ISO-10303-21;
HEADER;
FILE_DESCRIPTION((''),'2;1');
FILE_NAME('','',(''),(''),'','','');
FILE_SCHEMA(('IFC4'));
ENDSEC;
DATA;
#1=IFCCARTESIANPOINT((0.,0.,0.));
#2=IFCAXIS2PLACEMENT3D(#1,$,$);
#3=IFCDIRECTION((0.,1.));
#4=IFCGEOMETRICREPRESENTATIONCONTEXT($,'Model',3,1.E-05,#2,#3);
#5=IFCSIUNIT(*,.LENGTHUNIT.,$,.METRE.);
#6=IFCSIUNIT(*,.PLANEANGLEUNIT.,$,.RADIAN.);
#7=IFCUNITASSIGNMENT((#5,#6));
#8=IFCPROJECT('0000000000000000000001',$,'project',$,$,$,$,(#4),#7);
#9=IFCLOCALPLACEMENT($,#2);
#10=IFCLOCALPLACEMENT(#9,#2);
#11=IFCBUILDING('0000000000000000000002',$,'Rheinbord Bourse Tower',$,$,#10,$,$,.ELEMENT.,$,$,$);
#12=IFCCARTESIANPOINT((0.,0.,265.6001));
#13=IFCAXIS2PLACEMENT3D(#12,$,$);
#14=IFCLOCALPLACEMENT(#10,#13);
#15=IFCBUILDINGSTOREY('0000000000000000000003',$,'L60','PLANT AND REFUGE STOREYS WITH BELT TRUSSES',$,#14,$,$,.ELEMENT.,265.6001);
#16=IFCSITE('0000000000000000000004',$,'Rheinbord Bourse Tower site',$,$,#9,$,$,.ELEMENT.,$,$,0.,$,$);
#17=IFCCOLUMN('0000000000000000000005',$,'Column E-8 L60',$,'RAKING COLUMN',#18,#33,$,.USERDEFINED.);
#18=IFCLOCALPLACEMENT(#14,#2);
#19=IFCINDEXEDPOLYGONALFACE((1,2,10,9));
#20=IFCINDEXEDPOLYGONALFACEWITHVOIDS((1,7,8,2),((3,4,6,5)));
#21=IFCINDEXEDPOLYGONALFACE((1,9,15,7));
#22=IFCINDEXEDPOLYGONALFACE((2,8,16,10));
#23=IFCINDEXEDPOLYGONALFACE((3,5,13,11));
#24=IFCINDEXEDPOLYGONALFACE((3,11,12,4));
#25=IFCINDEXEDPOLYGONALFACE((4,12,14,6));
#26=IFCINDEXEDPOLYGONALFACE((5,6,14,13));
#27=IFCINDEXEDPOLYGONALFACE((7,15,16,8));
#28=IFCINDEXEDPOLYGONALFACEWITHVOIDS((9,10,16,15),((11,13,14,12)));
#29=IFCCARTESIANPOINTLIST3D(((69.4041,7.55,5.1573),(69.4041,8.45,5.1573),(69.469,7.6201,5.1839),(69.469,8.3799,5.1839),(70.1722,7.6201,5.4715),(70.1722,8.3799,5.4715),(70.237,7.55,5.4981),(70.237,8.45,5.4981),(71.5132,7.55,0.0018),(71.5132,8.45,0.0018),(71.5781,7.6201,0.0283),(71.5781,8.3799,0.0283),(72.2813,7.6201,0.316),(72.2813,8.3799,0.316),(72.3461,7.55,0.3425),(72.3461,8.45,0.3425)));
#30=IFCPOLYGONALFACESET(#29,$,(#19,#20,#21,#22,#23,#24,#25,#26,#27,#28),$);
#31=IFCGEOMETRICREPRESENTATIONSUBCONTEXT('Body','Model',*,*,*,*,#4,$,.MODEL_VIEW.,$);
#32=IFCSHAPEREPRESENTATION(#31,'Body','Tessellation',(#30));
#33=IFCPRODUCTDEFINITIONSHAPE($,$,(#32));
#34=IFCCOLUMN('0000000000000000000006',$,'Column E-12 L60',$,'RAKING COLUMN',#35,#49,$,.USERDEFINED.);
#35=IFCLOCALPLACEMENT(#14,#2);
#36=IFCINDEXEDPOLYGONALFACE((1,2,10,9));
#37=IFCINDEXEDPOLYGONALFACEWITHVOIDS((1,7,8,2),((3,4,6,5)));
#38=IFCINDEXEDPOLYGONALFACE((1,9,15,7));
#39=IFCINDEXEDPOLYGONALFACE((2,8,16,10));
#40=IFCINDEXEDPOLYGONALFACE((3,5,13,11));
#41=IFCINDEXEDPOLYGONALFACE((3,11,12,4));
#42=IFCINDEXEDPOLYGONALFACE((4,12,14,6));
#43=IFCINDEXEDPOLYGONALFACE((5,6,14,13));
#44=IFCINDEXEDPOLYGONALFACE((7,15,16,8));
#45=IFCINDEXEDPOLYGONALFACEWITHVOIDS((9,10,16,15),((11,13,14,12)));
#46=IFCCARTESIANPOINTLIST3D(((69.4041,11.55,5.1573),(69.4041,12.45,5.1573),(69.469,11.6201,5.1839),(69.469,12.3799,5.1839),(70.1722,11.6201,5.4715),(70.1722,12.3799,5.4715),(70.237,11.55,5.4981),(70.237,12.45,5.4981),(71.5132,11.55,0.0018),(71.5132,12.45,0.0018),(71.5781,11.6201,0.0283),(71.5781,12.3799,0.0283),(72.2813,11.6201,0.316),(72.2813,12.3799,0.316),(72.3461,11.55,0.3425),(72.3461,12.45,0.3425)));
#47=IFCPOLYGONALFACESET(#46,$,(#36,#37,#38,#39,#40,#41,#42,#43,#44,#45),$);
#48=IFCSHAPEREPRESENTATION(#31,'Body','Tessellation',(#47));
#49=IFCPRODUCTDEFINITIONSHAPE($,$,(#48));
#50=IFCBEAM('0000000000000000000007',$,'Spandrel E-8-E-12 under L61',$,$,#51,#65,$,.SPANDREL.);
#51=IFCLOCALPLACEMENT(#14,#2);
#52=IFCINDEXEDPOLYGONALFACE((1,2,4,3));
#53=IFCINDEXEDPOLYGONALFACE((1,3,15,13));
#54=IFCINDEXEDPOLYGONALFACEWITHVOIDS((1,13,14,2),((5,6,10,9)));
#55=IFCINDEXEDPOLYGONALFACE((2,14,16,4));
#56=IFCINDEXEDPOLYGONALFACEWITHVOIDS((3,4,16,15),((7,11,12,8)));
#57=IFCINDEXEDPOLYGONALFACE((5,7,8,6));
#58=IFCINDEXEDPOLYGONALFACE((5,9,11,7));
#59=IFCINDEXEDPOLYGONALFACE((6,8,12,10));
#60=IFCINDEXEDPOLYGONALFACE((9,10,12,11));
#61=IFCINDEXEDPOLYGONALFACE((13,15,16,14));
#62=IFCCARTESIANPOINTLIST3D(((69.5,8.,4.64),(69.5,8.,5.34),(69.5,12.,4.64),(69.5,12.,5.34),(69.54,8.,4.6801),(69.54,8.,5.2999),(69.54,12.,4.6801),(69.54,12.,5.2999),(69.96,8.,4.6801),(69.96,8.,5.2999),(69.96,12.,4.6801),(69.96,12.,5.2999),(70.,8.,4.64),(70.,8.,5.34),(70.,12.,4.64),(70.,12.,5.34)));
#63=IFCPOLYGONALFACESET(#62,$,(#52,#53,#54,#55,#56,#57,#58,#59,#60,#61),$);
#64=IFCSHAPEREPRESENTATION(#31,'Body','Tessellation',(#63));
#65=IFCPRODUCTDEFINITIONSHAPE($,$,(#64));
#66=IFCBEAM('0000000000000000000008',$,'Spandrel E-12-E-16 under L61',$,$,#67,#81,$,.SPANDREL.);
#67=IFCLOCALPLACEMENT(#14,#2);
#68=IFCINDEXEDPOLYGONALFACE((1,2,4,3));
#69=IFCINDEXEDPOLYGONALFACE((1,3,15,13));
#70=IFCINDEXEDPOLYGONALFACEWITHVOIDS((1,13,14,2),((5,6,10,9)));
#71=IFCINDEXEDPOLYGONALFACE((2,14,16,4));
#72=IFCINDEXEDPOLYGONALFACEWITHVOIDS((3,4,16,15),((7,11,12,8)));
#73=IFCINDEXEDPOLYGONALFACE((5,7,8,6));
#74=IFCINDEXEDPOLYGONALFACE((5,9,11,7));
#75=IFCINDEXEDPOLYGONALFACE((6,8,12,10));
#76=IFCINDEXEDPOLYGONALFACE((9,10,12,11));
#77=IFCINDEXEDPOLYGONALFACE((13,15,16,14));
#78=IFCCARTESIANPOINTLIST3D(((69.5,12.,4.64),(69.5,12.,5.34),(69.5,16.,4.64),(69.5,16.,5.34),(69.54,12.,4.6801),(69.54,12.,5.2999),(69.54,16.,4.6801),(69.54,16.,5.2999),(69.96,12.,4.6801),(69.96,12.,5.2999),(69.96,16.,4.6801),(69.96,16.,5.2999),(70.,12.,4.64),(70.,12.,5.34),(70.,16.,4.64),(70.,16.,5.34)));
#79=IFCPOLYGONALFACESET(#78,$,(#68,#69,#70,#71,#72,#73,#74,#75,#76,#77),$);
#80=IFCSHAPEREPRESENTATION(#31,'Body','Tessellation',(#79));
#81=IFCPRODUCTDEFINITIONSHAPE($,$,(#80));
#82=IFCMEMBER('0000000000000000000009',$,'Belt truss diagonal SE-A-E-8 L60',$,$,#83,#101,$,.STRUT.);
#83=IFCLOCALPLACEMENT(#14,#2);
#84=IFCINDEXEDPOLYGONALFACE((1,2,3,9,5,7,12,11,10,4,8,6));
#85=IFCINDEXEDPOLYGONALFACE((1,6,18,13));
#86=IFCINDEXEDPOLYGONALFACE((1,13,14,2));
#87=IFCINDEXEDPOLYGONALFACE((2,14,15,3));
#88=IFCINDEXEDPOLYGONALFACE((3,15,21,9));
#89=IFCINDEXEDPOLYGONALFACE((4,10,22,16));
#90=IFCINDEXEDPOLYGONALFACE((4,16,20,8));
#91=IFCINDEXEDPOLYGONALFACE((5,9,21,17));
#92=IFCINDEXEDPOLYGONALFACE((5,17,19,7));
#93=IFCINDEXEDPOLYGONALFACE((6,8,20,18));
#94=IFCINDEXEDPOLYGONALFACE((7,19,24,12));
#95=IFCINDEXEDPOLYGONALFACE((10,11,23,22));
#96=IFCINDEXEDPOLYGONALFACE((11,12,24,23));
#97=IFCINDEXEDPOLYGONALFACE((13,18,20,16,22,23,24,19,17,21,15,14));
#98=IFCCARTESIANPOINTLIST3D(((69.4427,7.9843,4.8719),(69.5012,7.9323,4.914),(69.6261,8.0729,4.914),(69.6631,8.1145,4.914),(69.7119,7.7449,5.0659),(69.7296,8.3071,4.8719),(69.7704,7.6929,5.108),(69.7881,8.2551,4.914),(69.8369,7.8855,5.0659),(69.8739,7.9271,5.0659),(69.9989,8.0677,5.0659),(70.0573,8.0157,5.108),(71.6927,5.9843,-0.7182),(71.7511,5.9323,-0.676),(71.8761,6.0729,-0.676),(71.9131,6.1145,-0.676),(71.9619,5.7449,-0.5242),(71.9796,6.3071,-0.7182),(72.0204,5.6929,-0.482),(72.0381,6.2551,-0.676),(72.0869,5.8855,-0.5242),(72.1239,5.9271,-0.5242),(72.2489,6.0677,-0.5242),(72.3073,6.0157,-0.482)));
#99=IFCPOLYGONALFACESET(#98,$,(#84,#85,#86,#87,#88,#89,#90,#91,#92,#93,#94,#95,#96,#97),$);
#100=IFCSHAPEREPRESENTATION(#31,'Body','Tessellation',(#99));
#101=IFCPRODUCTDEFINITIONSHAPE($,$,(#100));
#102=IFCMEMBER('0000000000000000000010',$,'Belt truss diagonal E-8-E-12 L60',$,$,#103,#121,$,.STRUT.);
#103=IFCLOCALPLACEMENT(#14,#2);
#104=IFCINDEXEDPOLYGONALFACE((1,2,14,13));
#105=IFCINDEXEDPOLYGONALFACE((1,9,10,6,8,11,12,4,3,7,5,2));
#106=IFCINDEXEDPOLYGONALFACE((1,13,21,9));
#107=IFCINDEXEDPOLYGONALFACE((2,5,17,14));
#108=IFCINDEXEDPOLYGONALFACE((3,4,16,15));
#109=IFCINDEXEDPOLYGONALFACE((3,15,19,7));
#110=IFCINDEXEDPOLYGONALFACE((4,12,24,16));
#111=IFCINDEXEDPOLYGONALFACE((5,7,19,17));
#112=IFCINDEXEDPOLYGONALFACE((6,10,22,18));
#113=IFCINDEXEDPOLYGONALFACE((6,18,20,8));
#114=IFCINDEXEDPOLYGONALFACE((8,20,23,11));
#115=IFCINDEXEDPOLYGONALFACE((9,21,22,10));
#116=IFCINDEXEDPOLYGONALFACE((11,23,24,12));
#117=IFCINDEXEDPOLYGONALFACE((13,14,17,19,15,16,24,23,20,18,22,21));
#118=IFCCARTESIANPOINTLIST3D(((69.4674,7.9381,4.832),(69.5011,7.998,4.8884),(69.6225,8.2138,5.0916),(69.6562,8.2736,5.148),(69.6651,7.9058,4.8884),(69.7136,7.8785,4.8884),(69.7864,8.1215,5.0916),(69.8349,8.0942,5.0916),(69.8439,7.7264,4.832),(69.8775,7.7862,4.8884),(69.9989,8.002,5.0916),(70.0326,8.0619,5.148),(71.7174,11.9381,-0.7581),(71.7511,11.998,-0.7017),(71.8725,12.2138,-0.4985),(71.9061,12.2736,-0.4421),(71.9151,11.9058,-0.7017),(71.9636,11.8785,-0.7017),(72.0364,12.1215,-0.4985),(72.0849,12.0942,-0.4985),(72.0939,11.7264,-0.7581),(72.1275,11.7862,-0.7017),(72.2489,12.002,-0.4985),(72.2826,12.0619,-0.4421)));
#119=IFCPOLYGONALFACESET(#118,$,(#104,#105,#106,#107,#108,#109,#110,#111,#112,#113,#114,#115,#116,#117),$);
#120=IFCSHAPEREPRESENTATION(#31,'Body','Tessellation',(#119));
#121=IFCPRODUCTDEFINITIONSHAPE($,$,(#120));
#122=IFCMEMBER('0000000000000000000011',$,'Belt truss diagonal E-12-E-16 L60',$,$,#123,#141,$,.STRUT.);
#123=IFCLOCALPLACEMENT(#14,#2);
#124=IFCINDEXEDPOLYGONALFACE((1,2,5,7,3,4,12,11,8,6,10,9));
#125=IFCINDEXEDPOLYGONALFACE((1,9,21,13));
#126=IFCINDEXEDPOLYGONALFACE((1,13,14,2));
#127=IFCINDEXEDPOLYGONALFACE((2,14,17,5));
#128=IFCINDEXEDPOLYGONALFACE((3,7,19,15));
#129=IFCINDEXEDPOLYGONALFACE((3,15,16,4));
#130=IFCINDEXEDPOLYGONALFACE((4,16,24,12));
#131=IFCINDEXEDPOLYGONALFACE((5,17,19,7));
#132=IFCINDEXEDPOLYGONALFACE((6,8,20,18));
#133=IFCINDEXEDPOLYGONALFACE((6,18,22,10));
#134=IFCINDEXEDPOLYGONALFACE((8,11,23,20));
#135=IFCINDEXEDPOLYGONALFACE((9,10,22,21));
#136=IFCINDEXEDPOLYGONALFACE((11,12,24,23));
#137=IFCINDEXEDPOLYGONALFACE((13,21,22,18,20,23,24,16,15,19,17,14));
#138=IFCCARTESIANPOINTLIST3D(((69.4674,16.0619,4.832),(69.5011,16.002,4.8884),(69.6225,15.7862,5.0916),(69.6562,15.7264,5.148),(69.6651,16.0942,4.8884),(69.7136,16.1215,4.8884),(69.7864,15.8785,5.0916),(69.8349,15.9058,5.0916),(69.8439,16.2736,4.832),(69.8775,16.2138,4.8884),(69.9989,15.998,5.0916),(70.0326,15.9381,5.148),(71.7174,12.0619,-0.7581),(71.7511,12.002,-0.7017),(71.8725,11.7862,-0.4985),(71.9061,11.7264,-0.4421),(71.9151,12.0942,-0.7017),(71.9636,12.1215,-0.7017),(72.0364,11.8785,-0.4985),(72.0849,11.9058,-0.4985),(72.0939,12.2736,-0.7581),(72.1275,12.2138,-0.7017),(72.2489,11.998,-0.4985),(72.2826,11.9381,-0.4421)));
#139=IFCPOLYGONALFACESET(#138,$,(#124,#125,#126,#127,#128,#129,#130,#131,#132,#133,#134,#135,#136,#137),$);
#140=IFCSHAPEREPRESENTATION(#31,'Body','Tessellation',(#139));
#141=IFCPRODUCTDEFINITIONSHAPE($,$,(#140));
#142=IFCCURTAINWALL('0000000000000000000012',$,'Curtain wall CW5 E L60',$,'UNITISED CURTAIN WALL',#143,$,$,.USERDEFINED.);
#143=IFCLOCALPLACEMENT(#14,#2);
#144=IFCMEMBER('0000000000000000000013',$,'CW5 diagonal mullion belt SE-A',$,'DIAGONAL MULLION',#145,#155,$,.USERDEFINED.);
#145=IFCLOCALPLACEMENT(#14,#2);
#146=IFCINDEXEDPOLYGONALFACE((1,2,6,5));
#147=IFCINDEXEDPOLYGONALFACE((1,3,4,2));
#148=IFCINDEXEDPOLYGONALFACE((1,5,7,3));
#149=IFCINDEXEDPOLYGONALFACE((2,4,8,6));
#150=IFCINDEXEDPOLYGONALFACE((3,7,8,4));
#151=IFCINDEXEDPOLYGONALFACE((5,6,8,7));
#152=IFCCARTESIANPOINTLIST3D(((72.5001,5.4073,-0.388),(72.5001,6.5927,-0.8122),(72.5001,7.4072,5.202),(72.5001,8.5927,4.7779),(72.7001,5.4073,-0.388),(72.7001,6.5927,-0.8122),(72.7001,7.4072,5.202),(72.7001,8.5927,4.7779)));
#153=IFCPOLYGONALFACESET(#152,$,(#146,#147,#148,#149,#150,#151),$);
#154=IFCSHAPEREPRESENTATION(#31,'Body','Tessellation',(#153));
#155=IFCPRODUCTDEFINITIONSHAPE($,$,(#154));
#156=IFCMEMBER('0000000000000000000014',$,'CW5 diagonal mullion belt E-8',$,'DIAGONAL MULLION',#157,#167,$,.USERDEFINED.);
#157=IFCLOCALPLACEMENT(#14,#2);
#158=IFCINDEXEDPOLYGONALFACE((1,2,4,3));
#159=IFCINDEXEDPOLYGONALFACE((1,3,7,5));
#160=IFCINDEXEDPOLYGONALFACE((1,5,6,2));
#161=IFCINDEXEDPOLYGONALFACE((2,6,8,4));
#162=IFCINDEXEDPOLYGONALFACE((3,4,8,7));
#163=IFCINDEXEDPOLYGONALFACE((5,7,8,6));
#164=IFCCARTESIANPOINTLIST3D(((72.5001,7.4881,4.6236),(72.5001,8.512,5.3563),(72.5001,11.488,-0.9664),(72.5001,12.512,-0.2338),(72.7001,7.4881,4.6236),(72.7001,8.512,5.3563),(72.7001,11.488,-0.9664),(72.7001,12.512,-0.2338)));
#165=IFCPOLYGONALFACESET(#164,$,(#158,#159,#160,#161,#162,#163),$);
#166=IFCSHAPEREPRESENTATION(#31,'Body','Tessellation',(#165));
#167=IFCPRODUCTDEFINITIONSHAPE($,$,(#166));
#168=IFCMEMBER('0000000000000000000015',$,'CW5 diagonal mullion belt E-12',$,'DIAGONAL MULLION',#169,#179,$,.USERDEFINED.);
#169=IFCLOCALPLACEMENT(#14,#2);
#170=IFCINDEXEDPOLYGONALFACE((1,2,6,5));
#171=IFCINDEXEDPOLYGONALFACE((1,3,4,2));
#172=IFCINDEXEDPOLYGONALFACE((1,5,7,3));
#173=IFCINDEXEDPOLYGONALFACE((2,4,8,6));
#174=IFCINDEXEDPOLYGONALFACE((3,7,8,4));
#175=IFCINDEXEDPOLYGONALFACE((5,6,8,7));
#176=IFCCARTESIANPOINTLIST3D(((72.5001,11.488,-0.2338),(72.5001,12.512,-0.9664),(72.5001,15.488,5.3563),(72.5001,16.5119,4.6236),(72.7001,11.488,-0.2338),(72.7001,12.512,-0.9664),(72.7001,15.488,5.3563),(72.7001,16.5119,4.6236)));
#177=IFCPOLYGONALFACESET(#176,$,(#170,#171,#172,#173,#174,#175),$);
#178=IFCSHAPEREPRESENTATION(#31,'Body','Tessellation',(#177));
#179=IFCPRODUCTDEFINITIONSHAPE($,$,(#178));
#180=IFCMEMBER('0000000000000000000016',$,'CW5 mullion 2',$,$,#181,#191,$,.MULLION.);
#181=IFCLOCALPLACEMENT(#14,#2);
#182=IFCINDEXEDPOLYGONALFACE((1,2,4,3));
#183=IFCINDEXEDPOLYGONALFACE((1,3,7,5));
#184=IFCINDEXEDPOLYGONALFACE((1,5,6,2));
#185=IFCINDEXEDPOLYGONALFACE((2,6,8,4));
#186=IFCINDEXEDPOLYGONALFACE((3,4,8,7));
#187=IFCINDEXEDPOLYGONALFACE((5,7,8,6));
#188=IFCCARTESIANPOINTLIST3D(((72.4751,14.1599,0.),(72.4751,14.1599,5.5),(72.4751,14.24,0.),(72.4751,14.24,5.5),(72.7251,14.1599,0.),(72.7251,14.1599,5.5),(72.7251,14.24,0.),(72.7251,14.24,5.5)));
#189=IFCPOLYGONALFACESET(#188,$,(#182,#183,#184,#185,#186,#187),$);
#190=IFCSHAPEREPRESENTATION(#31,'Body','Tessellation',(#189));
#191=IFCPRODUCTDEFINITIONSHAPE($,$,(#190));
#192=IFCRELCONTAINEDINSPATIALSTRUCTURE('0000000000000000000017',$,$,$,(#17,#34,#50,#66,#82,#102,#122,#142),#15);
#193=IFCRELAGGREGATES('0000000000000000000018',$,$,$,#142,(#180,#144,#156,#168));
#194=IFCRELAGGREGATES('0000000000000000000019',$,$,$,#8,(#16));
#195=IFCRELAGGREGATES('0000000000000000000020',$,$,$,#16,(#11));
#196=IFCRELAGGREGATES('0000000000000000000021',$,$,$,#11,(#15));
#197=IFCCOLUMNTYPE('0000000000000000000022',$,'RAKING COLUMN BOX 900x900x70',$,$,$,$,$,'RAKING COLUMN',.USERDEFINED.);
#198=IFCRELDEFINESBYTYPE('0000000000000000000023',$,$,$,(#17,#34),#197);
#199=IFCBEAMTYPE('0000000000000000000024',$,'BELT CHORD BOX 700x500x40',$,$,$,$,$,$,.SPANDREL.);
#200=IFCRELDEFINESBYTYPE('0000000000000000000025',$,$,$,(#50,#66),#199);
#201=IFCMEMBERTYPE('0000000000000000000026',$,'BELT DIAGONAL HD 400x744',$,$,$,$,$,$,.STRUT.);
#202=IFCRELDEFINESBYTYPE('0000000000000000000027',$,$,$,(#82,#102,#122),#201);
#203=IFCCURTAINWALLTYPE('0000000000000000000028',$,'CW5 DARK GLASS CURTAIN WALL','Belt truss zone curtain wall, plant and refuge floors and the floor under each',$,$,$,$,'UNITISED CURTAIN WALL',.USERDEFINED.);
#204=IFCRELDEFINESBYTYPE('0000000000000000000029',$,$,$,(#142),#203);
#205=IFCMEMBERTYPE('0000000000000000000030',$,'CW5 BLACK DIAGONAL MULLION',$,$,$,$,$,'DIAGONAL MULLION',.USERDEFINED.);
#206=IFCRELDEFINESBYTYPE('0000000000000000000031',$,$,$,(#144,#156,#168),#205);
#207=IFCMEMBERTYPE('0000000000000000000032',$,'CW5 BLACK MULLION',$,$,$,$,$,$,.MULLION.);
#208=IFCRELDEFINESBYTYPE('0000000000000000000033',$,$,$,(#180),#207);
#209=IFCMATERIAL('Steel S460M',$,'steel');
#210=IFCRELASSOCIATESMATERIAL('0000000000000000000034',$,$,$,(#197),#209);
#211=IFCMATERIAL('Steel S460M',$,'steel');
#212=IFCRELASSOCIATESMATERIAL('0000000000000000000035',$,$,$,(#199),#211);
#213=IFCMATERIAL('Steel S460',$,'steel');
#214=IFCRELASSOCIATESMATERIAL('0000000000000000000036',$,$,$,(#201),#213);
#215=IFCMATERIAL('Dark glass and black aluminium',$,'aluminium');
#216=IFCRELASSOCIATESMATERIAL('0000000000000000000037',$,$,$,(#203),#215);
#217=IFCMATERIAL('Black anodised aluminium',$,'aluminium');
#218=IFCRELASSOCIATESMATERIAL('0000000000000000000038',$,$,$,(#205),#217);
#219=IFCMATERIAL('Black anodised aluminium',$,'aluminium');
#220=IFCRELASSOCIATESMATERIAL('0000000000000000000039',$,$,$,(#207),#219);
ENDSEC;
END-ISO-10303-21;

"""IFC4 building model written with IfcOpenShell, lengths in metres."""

from ifc_helpers import new_model, si_unit, direction, frame, origin, origin_2d, place, context, subcontext, project, spatial, rectangle, hollow_rectangle, i_section, extrude, material, material_profile, profile_set, type_object, element, aggregate, save


model = new_model("IFC4")

# Units and contexts
model_context = context("Model", 3, precision=1e-05, world=origin(), true_north=direction((0.0, 1.0)))
body_context = subcontext(model_context, "Body", "Model", "MODEL_VIEW")
ifc_project = project(units=[si_unit("LENGTHUNIT", "METRE"), si_unit("PLANEANGLEUNIT", "RADIAN")], contexts=[model_context])

# Site, building, storey
site_placement = place(None, origin())
site = spatial("IfcSite", under=ifc_project, at=site_placement, Name="Rheinbord Bourse Tower site", CompositionType="ELEMENT", RefElevation=0.0)
building_placement = place(site_placement, origin())
building = spatial("IfcBuilding", under=site, at=building_placement, Name="Rheinbord Bourse Tower", CompositionType="ELEMENT")
storey_placement = place(building_placement, frame((0.0, 0.0, 265.6001)))
storey = spatial("IfcBuildingStorey", under=building, at=storey_placement, Name="L60", Description="PLANT AND REFUGE STOREYS WITH BELT TRUSSES", CompositionType="ELEMENT", Elevation=265.6001)

# Columns
ifc_material_1 = material(Name="Steel S460M", Category="steel")
ifc_material_profile_1 = material_profile(ifc_material_1, hollow_rectangle(XDim=0.8999, YDim=0.8999, WallThickness=0.0701, at=origin_2d()), Name="BOX 900x900x70")
ifc_profile_set_1 = profile_set([ifc_material_profile_1], Name="Steel S460M")
column_type = type_object("IfcColumnType", Name="RAKING COLUMN BOX 900x900x70", ElementType="RAKING COLUMN", PredefinedType="USERDEFINED", material=ifc_profile_set_1)
for number, where, z_axis, x_axis, name in (
    (1, (71.9297, 8.0, 0.1721), (-0.378633, 0.0, 0.925547), (0.925547, 0.0, 0.378633), "Column E-8 L60"),
    (2, (71.9297, 12.0, 0.1721), (-0.378633, 0.0, 0.925547), (0.925547, 0.0, 0.378633), "Column E-12 L60"),
):
    element("IfcColumn", number, at=place(storey_placement, frame(where, z_axis=z_axis, x_axis=x_axis)), inside=storey, type_object=column_type, Name=name, ObjectType="RAKING COLUMN", PredefinedType="USERDEFINED", context=body_context, shape_type="SweptSolid", body=[
        extrude(hollow_rectangle(XDim=0.8999, YDim=0.8999, WallThickness=0.0701, at=origin_2d()), origin(), (0.0, 0.0, 1.0), 5.5703),
    ])

# Beams
ifc_material_2 = material(Name="Steel S460M", Category="steel")
ifc_material_profile_2 = material_profile(ifc_material_2, hollow_rectangle(XDim=0.5, YDim=0.7, WallThickness=0.04, at=origin_2d()), Name="BOX 700x500x40")
ifc_profile_set_2 = profile_set([ifc_material_profile_2], Name="Steel S460M")
beam_type_1 = type_object("IfcBeamType", Name="BELT CHORD BOX 700x500x40", PredefinedType="SPANDREL", material=ifc_profile_set_2)
for number, where, z_axis, x_axis, name in (
    (3, (69.75, 8.0, 4.99), (0.0, 1.0, 0.0), (-1.0, 0.0, 0.0), "Spandrel E-8-E-12 under L61"),
    (4, (69.75, 12.0, 4.99), (0.0, 1.0, 0.0), (-1.0, 0.0, 0.0), "Spandrel E-12-E-16 under L61"),
):
    element("IfcBeam", number, at=place(storey_placement, frame(where, z_axis=z_axis, x_axis=x_axis)), inside=storey, type_object=beam_type_1, Name=name, PredefinedType="SPANDREL", context=body_context, shape_type="SweptSolid", body=[
        extrude(hollow_rectangle(XDim=0.5, YDim=0.7, WallThickness=0.04, at=origin_2d()), origin(), (0.0, 0.0, 1.0), 4.0),
    ])

# Members
ifc_material_3 = material(Name="Steel S460", Category="steel")
ifc_material_profile_3 = material_profile(ifc_material_3, i_section(OverallWidth=0.4319, OverallDepth=0.498, WebThickness=0.0557, FlangeThickness=0.0889, at=origin_2d()), Name="HD 400x744")
ifc_profile_set_3 = profile_set([ifc_material_profile_3], Name="Steel S460")
member_type_1 = type_object("IfcMemberType", Name="BELT DIAGONAL HD 400x744", PredefinedType="STRUT", material=ifc_profile_set_3)
member_1_placement = place(storey_placement, frame((72.0, 6.0, -0.6001), z_axis=(-0.354379, 0.315003, 0.880448), x_axis=(-0.664364, -0.747409, 0.0)))
element("IfcMember", 5, at=member_1_placement, inside=storey, type_object=member_type_1, Name="Belt truss diagonal SE-A-E-8 L60", PredefinedType="STRUT", context=body_context, shape_type="SweptSolid", body=[
    extrude(i_section(OverallWidth=0.4319, OverallDepth=0.498, WebThickness=0.0557, FlangeThickness=0.0889, at=origin_2d()), origin(), (0.0, 0.0, 1.0), 6.3491),
])
for number, where, z_axis, x_axis, name in (
    (6, (72.0, 12.0, -0.6001), (-0.311088, -0.553046, 0.772894), (0.871576, -0.490261, 0.0), "Belt truss diagonal E-8-E-12 L60"),
    (7, (72.0, 12.0, -0.6001), (-0.311088, 0.553046, 0.772894), (-0.871576, -0.490261, 0.0), "Belt truss diagonal E-12-E-16 L60"),
):
    element("IfcMember", number, at=place(storey_placement, frame(where, z_axis=z_axis, x_axis=x_axis)), inside=storey, type_object=member_type_1, Name=name, PredefinedType="STRUT", context=body_context, shape_type="SweptSolid", body=[
        extrude(i_section(OverallWidth=0.4319, OverallDepth=0.498, WebThickness=0.0557, FlangeThickness=0.0889, at=origin_2d()), origin(), (0.0, 0.0, 1.0), 7.2327),
    ])

# Curtain wall, members
ifc_material_4 = material(Name="Dark glass and black aluminium", Category="aluminium")
curtain_wall_type = type_object("IfcCurtainWallType", Name="CW5 DARK GLASS CURTAIN WALL", Description="Belt truss zone curtain wall, plant and refuge floors and the floor under each", ElementType="UNITISED CURTAIN WALL", PredefinedType="USERDEFINED", material=ifc_material_4)
curtain_wall_placement = place(storey_placement, origin())
curtain_wall = element("IfcCurtainWall", 8, at=curtain_wall_placement, inside=storey, type_object=curtain_wall_type, Name="Curtain wall CW5 E L60", ObjectType="UNITISED CURTAIN WALL", PredefinedType="USERDEFINED")
ifc_material_5 = material(Name="Black anodised aluminium", Category="aluminium")
ifc_material_profile_4 = material_profile(ifc_material_5, rectangle(XDim=0.2, YDim=1.259, at=origin_2d()), Name="CW5 DIAGONAL MULLION 1259x200")
ifc_profile_set_4 = profile_set([ifc_material_profile_4], Name="Black anodised aluminium")
member_type_2 = type_object("IfcMemberType", Name="CW5 BLACK DIAGONAL MULLION", ElementType="DIAGONAL MULLION", PredefinedType="USERDEFINED", material=ifc_profile_set_4)
member_2_placement = place(storey_placement, frame((72.6001, 6.0, -0.6001), z_axis=(0.0, 0.336865, 0.941553), x_axis=(-1.0, 0.0, 0.0)))
member_2 = element("IfcMember", 9, at=member_2_placement, type_object=member_type_2, Name="CW5 diagonal mullion belt SE-A", ObjectType="DIAGONAL MULLION", PredefinedType="USERDEFINED", context=body_context, shape_type="SweptSolid", body=[
    extrude(rectangle(XDim=0.2, YDim=1.259, at=origin_2d()), origin(), (0.0, 0.0, 1.0), 5.937),
])
member_3_placement = place(storey_placement, frame((72.6001, 12.0, -0.6001), z_axis=(0.0, -0.58192, 0.813246), x_axis=(1.0, 0.0, 0.0)))
member_3 = element("IfcMember", 10, at=member_3_placement, type_object=member_type_2, Name="CW5 diagonal mullion belt E-8", ObjectType="DIAGONAL MULLION", PredefinedType="USERDEFINED", context=body_context, shape_type="SweptSolid", body=[
    extrude(rectangle(XDim=0.2, YDim=1.259, at=origin_2d()), origin(), (0.0, 0.0, 1.0), 6.8738),
])
member_4_placement = place(storey_placement, frame((72.6001, 12.0, -0.6001), z_axis=(0.0, 0.58192, 0.813246), x_axis=(-1.0, 0.0, 0.0)))
member_4 = element("IfcMember", 11, at=member_4_placement, type_object=member_type_2, Name="CW5 diagonal mullion belt E-12", ObjectType="DIAGONAL MULLION", PredefinedType="USERDEFINED", context=body_context, shape_type="SweptSolid", body=[
    extrude(rectangle(XDim=0.2, YDim=1.259, at=origin_2d()), origin(), (0.0, 0.0, 1.0), 6.8738),
])
ifc_material_6 = material(Name="Black anodised aluminium", Category="aluminium")
ifc_material_profile_5 = material_profile(ifc_material_6, rectangle(XDim=0.25, YDim=0.0801, at=origin_2d()), Name="CW5 MULLION 80x250")
ifc_profile_set_5 = profile_set([ifc_material_profile_5], Name="Black anodised aluminium")
member_type_3 = type_object("IfcMemberType", Name="CW5 BLACK MULLION", PredefinedType="MULLION", material=ifc_profile_set_5)
member_5_placement = place(storey_placement, frame((72.6001, 14.2, 0.0), z_axis=(0.0, 0.0, 1.0), x_axis=(-1.0, 0.0, 0.0)))
member_5 = element("IfcMember", 12, at=member_5_placement, type_object=member_type_3, Name="CW5 mullion 2", PredefinedType="MULLION", context=body_context, shape_type="SweptSolid", body=[
    extrude(rectangle(XDim=0.25, YDim=0.0801, at=origin_2d()), origin(), (0.0, 0.0, 1.0), 5.5),
])

aggregate(curtain_wall, [member_5, member_2, member_3, member_4])

save(model, "model.ifc")
